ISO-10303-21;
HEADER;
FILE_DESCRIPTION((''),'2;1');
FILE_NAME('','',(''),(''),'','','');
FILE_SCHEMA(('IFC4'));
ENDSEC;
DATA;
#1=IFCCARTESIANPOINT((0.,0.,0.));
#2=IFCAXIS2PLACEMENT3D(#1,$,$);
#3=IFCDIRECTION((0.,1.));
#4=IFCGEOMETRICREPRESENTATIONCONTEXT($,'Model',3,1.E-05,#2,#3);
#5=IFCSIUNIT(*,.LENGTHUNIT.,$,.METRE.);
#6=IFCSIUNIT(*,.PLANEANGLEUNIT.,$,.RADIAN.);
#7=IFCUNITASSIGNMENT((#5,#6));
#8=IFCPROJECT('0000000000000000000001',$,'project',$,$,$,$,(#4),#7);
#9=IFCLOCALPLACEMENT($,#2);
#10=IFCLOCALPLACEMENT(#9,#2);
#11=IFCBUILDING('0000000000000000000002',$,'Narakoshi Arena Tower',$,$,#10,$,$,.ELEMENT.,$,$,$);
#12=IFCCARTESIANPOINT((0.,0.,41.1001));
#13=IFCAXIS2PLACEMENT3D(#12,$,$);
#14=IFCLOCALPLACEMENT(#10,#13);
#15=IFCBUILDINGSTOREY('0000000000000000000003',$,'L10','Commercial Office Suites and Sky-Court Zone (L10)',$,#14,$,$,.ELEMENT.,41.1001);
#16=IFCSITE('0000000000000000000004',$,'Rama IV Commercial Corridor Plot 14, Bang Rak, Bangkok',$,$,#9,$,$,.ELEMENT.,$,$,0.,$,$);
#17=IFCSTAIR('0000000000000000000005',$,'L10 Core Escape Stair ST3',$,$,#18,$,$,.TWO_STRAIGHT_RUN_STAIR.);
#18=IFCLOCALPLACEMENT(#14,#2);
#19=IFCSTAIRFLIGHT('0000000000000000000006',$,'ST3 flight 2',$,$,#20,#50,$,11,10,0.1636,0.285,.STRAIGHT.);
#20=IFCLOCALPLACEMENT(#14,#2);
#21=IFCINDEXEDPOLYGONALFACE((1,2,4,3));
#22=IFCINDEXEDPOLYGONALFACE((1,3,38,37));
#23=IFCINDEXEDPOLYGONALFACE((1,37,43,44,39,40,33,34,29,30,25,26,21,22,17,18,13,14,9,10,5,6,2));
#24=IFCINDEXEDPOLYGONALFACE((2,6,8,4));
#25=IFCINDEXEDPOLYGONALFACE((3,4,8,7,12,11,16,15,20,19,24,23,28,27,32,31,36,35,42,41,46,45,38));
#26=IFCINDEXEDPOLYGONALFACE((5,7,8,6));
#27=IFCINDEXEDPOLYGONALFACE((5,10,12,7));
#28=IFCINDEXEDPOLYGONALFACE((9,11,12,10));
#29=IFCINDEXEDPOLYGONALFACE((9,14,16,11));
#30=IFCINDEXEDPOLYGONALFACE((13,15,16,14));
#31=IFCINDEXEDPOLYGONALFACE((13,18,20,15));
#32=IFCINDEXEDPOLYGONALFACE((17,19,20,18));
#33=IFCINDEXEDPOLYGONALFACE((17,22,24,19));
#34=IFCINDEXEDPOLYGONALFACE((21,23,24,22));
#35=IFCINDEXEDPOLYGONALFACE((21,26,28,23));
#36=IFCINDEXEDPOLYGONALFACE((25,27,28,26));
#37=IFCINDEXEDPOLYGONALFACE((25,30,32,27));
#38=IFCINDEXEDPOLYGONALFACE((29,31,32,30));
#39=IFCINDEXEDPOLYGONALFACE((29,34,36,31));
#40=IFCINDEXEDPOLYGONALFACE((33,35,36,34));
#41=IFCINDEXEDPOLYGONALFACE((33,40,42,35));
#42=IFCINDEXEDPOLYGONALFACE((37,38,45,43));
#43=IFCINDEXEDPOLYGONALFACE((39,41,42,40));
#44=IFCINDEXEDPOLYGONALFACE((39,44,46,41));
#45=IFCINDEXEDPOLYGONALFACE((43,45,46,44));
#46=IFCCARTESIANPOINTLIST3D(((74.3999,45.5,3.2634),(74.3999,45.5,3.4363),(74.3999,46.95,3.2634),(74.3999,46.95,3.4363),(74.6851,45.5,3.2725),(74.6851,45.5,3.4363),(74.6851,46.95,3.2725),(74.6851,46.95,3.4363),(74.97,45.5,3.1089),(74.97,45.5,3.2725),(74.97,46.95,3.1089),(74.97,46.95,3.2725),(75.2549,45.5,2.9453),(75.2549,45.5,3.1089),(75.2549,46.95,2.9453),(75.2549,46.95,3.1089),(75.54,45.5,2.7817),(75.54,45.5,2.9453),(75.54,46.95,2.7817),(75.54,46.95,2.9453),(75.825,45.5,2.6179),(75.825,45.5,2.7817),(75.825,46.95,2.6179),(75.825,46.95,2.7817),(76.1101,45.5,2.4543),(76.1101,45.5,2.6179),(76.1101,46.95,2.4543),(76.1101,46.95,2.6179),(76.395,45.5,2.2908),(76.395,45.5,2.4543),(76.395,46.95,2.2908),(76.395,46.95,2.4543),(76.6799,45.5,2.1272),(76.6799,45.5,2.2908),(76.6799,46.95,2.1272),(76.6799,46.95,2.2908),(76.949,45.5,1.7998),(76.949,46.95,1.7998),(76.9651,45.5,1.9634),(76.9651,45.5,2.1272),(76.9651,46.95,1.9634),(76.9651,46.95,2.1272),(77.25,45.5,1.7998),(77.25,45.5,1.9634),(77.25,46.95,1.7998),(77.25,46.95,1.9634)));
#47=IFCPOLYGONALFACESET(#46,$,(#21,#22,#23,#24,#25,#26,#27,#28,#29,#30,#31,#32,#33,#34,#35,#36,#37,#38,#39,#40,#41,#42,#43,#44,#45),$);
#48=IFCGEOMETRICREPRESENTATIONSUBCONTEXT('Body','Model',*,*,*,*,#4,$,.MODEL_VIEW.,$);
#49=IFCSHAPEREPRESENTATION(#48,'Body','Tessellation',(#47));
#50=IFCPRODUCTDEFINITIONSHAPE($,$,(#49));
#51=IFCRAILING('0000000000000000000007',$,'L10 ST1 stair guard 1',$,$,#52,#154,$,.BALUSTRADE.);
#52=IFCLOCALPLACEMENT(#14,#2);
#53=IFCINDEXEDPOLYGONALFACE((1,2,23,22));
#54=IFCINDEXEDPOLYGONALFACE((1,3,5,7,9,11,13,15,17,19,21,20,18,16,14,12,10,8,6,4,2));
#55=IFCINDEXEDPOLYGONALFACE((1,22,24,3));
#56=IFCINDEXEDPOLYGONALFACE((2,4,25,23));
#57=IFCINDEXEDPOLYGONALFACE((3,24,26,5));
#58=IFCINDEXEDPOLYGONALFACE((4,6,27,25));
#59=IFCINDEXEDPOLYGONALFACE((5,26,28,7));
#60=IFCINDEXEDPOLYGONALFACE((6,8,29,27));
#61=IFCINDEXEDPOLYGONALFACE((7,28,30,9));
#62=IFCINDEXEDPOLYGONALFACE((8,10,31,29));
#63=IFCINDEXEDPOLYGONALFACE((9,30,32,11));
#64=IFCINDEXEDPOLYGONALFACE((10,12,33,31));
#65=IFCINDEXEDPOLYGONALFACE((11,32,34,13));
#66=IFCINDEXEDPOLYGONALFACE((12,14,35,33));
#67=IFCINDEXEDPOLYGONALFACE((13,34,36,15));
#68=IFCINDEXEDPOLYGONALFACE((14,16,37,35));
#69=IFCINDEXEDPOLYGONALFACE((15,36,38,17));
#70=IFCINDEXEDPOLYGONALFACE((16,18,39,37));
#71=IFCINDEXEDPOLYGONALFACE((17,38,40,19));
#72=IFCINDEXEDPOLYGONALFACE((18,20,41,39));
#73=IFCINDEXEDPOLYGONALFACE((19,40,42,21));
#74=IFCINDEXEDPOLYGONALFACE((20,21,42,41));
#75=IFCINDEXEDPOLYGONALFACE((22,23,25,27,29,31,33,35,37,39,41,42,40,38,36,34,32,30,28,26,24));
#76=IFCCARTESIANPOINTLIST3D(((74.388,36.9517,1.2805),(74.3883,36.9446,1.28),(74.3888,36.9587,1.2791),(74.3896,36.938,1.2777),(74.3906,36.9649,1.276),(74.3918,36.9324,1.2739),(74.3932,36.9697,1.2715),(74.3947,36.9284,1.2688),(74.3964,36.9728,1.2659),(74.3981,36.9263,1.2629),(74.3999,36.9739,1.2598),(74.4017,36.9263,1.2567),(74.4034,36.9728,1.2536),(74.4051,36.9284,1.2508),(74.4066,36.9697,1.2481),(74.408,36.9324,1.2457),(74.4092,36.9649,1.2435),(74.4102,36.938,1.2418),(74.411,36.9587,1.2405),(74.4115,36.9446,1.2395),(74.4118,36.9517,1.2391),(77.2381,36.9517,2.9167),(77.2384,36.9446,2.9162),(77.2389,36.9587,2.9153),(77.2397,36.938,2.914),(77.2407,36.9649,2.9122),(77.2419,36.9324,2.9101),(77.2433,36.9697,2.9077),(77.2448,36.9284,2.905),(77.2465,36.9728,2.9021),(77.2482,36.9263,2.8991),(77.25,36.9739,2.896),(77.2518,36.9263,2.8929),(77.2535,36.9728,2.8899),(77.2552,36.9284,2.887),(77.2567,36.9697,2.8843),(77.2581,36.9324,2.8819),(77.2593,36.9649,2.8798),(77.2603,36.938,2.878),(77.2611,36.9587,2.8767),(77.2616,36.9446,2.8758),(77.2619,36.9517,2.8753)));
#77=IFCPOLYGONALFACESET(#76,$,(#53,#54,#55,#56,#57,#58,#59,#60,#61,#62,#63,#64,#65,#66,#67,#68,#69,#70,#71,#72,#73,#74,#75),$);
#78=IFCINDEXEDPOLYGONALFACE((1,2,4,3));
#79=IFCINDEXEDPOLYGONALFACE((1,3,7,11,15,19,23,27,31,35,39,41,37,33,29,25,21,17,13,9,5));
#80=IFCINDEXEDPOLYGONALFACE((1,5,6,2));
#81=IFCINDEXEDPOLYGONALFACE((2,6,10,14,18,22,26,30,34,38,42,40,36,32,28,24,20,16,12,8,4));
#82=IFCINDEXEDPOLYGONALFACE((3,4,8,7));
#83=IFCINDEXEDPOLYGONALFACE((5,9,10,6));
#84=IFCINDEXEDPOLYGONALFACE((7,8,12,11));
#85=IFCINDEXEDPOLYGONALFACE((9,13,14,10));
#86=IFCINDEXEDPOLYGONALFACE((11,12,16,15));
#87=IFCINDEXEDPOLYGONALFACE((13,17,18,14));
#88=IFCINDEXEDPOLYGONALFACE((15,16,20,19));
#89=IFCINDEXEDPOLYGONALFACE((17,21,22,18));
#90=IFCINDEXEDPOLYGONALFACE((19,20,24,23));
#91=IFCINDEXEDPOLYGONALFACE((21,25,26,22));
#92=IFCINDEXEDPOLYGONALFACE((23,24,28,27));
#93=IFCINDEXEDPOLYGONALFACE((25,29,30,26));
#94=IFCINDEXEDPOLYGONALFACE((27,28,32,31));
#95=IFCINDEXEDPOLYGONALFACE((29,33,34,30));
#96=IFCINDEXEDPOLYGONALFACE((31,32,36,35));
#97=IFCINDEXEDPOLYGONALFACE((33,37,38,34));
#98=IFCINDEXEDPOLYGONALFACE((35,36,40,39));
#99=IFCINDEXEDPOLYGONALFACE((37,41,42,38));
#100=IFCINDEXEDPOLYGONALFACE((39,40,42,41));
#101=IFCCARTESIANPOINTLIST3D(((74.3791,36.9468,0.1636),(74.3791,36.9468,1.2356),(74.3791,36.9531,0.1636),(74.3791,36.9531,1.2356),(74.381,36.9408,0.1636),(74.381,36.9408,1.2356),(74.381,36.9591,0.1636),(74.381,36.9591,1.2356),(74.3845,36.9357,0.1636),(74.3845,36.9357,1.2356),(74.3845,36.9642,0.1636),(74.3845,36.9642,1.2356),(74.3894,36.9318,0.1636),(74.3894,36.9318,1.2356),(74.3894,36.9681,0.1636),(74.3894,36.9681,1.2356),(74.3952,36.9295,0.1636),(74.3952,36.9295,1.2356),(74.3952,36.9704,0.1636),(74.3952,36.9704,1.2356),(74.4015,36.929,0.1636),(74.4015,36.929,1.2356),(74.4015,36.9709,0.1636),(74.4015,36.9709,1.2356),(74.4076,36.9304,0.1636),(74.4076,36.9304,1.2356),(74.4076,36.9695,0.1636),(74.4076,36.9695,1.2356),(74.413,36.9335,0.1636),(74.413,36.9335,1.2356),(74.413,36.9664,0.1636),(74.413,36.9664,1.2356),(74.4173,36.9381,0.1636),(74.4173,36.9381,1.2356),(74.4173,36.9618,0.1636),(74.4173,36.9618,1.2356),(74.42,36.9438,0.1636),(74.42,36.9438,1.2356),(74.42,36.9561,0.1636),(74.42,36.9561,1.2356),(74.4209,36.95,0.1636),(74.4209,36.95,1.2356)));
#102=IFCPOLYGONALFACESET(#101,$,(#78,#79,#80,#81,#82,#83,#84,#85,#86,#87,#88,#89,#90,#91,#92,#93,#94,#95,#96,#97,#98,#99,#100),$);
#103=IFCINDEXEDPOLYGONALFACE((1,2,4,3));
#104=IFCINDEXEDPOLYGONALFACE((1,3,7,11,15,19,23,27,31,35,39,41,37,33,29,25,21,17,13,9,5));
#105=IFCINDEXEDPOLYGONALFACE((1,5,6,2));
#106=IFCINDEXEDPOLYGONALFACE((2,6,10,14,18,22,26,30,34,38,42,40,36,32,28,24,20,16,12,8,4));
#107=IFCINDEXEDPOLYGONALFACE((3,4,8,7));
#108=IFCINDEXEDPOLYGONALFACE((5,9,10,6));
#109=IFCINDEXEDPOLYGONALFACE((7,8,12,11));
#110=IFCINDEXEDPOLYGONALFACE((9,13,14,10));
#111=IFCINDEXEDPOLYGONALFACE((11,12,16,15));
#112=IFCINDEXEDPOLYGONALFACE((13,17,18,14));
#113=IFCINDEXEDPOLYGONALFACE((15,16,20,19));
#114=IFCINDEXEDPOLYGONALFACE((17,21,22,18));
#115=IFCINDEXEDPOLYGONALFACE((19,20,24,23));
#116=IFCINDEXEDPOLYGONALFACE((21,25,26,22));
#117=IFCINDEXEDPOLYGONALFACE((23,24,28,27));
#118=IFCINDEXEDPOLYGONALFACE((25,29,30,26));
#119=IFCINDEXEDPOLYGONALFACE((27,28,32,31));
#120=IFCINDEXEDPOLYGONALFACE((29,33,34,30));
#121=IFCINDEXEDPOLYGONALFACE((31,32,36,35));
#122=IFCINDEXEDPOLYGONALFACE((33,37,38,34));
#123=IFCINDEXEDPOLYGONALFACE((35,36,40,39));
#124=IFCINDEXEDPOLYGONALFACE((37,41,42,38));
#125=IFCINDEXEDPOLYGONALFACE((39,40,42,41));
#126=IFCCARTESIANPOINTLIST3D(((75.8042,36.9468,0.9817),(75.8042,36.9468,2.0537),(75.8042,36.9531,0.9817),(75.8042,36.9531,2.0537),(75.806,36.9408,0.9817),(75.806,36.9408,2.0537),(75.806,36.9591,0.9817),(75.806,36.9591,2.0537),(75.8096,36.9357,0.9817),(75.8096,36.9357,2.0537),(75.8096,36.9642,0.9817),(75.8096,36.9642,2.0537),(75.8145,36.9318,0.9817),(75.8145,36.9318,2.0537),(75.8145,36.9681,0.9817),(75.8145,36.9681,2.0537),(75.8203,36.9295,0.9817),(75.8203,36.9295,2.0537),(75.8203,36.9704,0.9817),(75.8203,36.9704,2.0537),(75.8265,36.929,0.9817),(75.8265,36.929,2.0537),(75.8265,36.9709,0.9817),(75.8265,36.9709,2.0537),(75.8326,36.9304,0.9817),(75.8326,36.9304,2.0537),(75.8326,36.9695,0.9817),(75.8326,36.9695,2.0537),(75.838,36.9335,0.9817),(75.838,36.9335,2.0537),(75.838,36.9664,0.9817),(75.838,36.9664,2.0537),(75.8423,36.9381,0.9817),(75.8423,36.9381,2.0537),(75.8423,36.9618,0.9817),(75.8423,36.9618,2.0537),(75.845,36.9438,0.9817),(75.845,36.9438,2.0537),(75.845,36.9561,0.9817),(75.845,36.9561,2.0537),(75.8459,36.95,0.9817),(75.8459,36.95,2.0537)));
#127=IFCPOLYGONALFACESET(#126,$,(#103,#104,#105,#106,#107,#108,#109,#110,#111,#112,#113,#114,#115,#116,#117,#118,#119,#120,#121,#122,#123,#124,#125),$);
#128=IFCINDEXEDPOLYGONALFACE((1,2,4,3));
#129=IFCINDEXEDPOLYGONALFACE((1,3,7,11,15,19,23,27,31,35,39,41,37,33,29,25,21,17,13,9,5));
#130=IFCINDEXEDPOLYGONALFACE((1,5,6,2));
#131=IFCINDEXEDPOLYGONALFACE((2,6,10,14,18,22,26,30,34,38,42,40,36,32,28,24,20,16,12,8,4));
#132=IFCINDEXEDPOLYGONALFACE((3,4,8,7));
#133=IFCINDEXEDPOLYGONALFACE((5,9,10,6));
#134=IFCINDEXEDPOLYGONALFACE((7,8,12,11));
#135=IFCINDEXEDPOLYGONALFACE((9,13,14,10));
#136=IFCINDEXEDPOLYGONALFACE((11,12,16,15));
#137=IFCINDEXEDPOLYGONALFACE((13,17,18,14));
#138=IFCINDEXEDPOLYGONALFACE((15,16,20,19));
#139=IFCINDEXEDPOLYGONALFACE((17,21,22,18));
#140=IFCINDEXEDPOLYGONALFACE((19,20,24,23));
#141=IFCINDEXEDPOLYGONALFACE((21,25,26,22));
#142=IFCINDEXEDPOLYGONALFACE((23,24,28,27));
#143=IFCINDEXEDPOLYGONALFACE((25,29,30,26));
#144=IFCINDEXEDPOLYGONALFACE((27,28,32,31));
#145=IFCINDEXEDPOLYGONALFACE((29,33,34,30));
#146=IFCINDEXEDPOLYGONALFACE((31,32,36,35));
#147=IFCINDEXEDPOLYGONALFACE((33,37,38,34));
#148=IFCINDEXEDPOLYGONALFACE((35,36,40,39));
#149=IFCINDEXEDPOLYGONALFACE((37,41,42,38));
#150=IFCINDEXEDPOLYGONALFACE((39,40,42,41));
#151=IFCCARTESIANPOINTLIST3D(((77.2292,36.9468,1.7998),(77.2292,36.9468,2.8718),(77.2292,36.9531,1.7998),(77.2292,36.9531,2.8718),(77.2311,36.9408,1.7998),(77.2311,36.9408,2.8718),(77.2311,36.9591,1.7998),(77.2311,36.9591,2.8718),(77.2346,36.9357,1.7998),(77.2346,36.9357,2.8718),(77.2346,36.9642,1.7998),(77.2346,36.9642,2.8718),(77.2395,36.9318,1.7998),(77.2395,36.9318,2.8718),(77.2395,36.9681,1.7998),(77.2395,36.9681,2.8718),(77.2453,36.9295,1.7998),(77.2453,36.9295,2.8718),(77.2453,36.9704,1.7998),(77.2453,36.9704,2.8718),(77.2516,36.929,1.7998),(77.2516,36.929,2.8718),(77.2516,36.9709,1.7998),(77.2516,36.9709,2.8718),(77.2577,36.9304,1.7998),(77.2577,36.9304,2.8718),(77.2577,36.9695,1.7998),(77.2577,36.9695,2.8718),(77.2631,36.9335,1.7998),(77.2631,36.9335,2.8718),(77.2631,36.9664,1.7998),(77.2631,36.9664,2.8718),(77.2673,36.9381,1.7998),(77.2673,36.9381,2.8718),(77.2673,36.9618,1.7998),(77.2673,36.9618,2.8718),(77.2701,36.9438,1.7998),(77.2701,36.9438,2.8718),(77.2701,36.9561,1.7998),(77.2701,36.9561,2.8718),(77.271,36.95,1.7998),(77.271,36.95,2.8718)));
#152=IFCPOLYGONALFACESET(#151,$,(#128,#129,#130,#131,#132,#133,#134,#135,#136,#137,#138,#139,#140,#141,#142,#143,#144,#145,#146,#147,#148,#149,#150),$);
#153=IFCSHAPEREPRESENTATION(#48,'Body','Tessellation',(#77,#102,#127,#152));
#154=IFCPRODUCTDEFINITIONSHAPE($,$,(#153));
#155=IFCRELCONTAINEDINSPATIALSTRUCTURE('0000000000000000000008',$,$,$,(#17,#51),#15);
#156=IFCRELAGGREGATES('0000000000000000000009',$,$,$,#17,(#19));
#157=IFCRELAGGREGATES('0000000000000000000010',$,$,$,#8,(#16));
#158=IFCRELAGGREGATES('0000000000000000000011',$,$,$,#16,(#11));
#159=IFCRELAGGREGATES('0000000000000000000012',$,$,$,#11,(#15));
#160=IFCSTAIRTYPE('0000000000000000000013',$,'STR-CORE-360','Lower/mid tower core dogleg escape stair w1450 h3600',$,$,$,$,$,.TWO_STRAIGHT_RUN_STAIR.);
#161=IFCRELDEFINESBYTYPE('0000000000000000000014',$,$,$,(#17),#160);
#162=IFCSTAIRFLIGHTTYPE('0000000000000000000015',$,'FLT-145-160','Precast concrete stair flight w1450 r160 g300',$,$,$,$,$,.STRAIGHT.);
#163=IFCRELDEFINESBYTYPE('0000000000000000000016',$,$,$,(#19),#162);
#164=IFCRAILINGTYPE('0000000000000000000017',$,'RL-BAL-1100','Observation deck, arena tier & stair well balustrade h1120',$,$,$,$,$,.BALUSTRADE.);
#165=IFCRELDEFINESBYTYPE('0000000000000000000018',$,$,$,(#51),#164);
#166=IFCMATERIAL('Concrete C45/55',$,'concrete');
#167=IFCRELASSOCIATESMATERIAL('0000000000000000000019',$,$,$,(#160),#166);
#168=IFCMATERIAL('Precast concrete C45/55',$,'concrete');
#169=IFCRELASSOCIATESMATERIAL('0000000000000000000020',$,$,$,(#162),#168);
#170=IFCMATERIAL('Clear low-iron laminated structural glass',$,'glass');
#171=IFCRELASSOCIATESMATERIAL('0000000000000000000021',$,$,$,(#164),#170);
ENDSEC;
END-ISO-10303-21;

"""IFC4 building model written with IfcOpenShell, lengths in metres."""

from ifc_helpers import new_model, si_unit, direction, frame, origin, origin_2d, place, context, subcontext, project, spatial, polyline, circle, outline, extrude, material, type_object, element, aggregate, save


model = new_model("IFC4")

# Units and contexts
model_context = context("Model", 3, precision=1e-05, world=origin(), true_north=direction((0.0, 1.0)))
body_context = subcontext(model_context, "Body", "Model", "MODEL_VIEW")
ifc_project = project(units=[si_unit("LENGTHUNIT", "METRE"), si_unit("PLANEANGLEUNIT", "RADIAN")], contexts=[model_context])

# Site, building, storey
site_placement = place(None, origin())
site = spatial("IfcSite", under=ifc_project, at=site_placement, Name="Rama IV Commercial Corridor Plot 14, Bang Rak, Bangkok", CompositionType="ELEMENT", RefElevation=0.0)
building_placement = place(site_placement, origin())
building = spatial("IfcBuilding", under=site, at=building_placement, Name="Narakoshi Arena Tower", CompositionType="ELEMENT")
storey_placement = place(building_placement, frame((0.0, 0.0, 41.1001)))
storey = spatial("IfcBuildingStorey", under=building, at=storey_placement, Name="L10", Description="Commercial Office Suites and Sky-Court Zone (L10)", CompositionType="ELEMENT", Elevation=41.1001)

# Stair, stair flight
ifc_material_1 = material(Name="Concrete C45/55", Category="concrete")
stair_type = type_object("IfcStairType", Name="STR-CORE-360", Description="Lower/mid tower core dogleg escape stair w1450 h3600", PredefinedType="TWO_STRAIGHT_RUN_STAIR", material=ifc_material_1)
ifc_material_2 = material(Name="Precast concrete C45/55", Category="concrete")
stair_flight_type = type_object("IfcStairFlightType", Name="FLT-145-160", Description="Precast concrete stair flight w1450 r160 g300", PredefinedType="STRAIGHT", material=ifc_material_2)
stair_1_placement = place(storey_placement, origin())
stair_1 = element("IfcStair", 1, at=stair_1_placement, inside=storey, type_object=stair_type, Name="L10 Core Escape Stair ST3", PredefinedType="TWO_STRAIGHT_RUN_STAIR")
stair_flight_1_placement = place(storey_placement, frame((77.25, 46.2251, 1.7998), z_axis=(0.0, 0.0, 1.0), x_axis=(-1.0, 0.0, 0.0)))
stair_flight_1 = element("IfcStairFlight", 2, at=stair_flight_1_placement, type_object=stair_flight_type, Name="ST3 flight 2", NumberOfRisers=11, NumberOfTreads=10, PredefinedType="STRAIGHT", RiserHeight=0.1636, TreadLength=0.285, context=body_context, shape_type="SweptSolid", body=[
    extrude(outline(polyline([(0.0, 0.0), (0.0, 0.1636), (0.2849, 0.1636), (0.2849, 0.3274), (0.5701, 0.3274), (0.5701, 0.491), (0.855, 0.491), (0.855, 0.6545), (1.1399, 0.6545), (1.1399, 0.8181), (1.425, 0.8181), (1.425, 0.9819), (1.71, 0.9819), (1.71, 1.1455), (1.9951, 1.1455), (1.9951, 1.3091), (2.28, 1.3091), (2.28, 1.4727), (2.5649, 1.4727), (2.5649, 1.6365), (2.8501, 1.6365), (2.8501, 1.8), (2.8501, 1.4636), (0.301, 0.0), (0.0, 0.0)])), frame((0.0, 0.7251, 0.0), z_axis=(0.0, -1.0, 0.0), x_axis=(1.0, 0.0, 0.0)), (0.0, 0.0, 1.0), 1.45),
])
aggregate(stair_1, [stair_flight_1])

# Railing
ifc_material_3 = material(Name="Clear low-iron laminated structural glass", Category="glass")
railing_type_1 = type_object("IfcRailingType", Name="RL-BAL-1100", Description="Observation deck, arena tier & stair well balustrade h1120", PredefinedType="BALUSTRADE", material=ifc_material_3)
railing_1_placement = place(storey_placement, frame((74.3999, 36.95, 0.1636)))
element("IfcRailing", 3, at=railing_1_placement, inside=storey, type_object=railing_type_1, Name="L10 ST1 stair guard 1", PredefinedType="BALUSTRADE", context=body_context, shape_type="SweptSolid", body=[
    extrude(circle(Radius=0.0239, at=origin_2d()), frame((0.0, 0.0, 1.0962), z_axis=(0.867245, 0.0, 0.497882), x_axis=(0.0, 1.0, 0.0)), (0.0, 0.0, 1.0), 3.2864),
    extrude(circle(Radius=0.021, at=origin_2d()), origin(), (0.0, 0.0, 1.0), 1.072),
    extrude(circle(Radius=0.021, at=origin_2d()), frame((1.425, 0.0, 0.8181)), (0.0, 0.0, 1.0), 1.072),
    extrude(circle(Radius=0.021, at=origin_2d()), frame((2.8501, 0.0, 1.6362)), (0.0, 0.0, 1.0), 1.072),
])

save(model, "model.ifc")
